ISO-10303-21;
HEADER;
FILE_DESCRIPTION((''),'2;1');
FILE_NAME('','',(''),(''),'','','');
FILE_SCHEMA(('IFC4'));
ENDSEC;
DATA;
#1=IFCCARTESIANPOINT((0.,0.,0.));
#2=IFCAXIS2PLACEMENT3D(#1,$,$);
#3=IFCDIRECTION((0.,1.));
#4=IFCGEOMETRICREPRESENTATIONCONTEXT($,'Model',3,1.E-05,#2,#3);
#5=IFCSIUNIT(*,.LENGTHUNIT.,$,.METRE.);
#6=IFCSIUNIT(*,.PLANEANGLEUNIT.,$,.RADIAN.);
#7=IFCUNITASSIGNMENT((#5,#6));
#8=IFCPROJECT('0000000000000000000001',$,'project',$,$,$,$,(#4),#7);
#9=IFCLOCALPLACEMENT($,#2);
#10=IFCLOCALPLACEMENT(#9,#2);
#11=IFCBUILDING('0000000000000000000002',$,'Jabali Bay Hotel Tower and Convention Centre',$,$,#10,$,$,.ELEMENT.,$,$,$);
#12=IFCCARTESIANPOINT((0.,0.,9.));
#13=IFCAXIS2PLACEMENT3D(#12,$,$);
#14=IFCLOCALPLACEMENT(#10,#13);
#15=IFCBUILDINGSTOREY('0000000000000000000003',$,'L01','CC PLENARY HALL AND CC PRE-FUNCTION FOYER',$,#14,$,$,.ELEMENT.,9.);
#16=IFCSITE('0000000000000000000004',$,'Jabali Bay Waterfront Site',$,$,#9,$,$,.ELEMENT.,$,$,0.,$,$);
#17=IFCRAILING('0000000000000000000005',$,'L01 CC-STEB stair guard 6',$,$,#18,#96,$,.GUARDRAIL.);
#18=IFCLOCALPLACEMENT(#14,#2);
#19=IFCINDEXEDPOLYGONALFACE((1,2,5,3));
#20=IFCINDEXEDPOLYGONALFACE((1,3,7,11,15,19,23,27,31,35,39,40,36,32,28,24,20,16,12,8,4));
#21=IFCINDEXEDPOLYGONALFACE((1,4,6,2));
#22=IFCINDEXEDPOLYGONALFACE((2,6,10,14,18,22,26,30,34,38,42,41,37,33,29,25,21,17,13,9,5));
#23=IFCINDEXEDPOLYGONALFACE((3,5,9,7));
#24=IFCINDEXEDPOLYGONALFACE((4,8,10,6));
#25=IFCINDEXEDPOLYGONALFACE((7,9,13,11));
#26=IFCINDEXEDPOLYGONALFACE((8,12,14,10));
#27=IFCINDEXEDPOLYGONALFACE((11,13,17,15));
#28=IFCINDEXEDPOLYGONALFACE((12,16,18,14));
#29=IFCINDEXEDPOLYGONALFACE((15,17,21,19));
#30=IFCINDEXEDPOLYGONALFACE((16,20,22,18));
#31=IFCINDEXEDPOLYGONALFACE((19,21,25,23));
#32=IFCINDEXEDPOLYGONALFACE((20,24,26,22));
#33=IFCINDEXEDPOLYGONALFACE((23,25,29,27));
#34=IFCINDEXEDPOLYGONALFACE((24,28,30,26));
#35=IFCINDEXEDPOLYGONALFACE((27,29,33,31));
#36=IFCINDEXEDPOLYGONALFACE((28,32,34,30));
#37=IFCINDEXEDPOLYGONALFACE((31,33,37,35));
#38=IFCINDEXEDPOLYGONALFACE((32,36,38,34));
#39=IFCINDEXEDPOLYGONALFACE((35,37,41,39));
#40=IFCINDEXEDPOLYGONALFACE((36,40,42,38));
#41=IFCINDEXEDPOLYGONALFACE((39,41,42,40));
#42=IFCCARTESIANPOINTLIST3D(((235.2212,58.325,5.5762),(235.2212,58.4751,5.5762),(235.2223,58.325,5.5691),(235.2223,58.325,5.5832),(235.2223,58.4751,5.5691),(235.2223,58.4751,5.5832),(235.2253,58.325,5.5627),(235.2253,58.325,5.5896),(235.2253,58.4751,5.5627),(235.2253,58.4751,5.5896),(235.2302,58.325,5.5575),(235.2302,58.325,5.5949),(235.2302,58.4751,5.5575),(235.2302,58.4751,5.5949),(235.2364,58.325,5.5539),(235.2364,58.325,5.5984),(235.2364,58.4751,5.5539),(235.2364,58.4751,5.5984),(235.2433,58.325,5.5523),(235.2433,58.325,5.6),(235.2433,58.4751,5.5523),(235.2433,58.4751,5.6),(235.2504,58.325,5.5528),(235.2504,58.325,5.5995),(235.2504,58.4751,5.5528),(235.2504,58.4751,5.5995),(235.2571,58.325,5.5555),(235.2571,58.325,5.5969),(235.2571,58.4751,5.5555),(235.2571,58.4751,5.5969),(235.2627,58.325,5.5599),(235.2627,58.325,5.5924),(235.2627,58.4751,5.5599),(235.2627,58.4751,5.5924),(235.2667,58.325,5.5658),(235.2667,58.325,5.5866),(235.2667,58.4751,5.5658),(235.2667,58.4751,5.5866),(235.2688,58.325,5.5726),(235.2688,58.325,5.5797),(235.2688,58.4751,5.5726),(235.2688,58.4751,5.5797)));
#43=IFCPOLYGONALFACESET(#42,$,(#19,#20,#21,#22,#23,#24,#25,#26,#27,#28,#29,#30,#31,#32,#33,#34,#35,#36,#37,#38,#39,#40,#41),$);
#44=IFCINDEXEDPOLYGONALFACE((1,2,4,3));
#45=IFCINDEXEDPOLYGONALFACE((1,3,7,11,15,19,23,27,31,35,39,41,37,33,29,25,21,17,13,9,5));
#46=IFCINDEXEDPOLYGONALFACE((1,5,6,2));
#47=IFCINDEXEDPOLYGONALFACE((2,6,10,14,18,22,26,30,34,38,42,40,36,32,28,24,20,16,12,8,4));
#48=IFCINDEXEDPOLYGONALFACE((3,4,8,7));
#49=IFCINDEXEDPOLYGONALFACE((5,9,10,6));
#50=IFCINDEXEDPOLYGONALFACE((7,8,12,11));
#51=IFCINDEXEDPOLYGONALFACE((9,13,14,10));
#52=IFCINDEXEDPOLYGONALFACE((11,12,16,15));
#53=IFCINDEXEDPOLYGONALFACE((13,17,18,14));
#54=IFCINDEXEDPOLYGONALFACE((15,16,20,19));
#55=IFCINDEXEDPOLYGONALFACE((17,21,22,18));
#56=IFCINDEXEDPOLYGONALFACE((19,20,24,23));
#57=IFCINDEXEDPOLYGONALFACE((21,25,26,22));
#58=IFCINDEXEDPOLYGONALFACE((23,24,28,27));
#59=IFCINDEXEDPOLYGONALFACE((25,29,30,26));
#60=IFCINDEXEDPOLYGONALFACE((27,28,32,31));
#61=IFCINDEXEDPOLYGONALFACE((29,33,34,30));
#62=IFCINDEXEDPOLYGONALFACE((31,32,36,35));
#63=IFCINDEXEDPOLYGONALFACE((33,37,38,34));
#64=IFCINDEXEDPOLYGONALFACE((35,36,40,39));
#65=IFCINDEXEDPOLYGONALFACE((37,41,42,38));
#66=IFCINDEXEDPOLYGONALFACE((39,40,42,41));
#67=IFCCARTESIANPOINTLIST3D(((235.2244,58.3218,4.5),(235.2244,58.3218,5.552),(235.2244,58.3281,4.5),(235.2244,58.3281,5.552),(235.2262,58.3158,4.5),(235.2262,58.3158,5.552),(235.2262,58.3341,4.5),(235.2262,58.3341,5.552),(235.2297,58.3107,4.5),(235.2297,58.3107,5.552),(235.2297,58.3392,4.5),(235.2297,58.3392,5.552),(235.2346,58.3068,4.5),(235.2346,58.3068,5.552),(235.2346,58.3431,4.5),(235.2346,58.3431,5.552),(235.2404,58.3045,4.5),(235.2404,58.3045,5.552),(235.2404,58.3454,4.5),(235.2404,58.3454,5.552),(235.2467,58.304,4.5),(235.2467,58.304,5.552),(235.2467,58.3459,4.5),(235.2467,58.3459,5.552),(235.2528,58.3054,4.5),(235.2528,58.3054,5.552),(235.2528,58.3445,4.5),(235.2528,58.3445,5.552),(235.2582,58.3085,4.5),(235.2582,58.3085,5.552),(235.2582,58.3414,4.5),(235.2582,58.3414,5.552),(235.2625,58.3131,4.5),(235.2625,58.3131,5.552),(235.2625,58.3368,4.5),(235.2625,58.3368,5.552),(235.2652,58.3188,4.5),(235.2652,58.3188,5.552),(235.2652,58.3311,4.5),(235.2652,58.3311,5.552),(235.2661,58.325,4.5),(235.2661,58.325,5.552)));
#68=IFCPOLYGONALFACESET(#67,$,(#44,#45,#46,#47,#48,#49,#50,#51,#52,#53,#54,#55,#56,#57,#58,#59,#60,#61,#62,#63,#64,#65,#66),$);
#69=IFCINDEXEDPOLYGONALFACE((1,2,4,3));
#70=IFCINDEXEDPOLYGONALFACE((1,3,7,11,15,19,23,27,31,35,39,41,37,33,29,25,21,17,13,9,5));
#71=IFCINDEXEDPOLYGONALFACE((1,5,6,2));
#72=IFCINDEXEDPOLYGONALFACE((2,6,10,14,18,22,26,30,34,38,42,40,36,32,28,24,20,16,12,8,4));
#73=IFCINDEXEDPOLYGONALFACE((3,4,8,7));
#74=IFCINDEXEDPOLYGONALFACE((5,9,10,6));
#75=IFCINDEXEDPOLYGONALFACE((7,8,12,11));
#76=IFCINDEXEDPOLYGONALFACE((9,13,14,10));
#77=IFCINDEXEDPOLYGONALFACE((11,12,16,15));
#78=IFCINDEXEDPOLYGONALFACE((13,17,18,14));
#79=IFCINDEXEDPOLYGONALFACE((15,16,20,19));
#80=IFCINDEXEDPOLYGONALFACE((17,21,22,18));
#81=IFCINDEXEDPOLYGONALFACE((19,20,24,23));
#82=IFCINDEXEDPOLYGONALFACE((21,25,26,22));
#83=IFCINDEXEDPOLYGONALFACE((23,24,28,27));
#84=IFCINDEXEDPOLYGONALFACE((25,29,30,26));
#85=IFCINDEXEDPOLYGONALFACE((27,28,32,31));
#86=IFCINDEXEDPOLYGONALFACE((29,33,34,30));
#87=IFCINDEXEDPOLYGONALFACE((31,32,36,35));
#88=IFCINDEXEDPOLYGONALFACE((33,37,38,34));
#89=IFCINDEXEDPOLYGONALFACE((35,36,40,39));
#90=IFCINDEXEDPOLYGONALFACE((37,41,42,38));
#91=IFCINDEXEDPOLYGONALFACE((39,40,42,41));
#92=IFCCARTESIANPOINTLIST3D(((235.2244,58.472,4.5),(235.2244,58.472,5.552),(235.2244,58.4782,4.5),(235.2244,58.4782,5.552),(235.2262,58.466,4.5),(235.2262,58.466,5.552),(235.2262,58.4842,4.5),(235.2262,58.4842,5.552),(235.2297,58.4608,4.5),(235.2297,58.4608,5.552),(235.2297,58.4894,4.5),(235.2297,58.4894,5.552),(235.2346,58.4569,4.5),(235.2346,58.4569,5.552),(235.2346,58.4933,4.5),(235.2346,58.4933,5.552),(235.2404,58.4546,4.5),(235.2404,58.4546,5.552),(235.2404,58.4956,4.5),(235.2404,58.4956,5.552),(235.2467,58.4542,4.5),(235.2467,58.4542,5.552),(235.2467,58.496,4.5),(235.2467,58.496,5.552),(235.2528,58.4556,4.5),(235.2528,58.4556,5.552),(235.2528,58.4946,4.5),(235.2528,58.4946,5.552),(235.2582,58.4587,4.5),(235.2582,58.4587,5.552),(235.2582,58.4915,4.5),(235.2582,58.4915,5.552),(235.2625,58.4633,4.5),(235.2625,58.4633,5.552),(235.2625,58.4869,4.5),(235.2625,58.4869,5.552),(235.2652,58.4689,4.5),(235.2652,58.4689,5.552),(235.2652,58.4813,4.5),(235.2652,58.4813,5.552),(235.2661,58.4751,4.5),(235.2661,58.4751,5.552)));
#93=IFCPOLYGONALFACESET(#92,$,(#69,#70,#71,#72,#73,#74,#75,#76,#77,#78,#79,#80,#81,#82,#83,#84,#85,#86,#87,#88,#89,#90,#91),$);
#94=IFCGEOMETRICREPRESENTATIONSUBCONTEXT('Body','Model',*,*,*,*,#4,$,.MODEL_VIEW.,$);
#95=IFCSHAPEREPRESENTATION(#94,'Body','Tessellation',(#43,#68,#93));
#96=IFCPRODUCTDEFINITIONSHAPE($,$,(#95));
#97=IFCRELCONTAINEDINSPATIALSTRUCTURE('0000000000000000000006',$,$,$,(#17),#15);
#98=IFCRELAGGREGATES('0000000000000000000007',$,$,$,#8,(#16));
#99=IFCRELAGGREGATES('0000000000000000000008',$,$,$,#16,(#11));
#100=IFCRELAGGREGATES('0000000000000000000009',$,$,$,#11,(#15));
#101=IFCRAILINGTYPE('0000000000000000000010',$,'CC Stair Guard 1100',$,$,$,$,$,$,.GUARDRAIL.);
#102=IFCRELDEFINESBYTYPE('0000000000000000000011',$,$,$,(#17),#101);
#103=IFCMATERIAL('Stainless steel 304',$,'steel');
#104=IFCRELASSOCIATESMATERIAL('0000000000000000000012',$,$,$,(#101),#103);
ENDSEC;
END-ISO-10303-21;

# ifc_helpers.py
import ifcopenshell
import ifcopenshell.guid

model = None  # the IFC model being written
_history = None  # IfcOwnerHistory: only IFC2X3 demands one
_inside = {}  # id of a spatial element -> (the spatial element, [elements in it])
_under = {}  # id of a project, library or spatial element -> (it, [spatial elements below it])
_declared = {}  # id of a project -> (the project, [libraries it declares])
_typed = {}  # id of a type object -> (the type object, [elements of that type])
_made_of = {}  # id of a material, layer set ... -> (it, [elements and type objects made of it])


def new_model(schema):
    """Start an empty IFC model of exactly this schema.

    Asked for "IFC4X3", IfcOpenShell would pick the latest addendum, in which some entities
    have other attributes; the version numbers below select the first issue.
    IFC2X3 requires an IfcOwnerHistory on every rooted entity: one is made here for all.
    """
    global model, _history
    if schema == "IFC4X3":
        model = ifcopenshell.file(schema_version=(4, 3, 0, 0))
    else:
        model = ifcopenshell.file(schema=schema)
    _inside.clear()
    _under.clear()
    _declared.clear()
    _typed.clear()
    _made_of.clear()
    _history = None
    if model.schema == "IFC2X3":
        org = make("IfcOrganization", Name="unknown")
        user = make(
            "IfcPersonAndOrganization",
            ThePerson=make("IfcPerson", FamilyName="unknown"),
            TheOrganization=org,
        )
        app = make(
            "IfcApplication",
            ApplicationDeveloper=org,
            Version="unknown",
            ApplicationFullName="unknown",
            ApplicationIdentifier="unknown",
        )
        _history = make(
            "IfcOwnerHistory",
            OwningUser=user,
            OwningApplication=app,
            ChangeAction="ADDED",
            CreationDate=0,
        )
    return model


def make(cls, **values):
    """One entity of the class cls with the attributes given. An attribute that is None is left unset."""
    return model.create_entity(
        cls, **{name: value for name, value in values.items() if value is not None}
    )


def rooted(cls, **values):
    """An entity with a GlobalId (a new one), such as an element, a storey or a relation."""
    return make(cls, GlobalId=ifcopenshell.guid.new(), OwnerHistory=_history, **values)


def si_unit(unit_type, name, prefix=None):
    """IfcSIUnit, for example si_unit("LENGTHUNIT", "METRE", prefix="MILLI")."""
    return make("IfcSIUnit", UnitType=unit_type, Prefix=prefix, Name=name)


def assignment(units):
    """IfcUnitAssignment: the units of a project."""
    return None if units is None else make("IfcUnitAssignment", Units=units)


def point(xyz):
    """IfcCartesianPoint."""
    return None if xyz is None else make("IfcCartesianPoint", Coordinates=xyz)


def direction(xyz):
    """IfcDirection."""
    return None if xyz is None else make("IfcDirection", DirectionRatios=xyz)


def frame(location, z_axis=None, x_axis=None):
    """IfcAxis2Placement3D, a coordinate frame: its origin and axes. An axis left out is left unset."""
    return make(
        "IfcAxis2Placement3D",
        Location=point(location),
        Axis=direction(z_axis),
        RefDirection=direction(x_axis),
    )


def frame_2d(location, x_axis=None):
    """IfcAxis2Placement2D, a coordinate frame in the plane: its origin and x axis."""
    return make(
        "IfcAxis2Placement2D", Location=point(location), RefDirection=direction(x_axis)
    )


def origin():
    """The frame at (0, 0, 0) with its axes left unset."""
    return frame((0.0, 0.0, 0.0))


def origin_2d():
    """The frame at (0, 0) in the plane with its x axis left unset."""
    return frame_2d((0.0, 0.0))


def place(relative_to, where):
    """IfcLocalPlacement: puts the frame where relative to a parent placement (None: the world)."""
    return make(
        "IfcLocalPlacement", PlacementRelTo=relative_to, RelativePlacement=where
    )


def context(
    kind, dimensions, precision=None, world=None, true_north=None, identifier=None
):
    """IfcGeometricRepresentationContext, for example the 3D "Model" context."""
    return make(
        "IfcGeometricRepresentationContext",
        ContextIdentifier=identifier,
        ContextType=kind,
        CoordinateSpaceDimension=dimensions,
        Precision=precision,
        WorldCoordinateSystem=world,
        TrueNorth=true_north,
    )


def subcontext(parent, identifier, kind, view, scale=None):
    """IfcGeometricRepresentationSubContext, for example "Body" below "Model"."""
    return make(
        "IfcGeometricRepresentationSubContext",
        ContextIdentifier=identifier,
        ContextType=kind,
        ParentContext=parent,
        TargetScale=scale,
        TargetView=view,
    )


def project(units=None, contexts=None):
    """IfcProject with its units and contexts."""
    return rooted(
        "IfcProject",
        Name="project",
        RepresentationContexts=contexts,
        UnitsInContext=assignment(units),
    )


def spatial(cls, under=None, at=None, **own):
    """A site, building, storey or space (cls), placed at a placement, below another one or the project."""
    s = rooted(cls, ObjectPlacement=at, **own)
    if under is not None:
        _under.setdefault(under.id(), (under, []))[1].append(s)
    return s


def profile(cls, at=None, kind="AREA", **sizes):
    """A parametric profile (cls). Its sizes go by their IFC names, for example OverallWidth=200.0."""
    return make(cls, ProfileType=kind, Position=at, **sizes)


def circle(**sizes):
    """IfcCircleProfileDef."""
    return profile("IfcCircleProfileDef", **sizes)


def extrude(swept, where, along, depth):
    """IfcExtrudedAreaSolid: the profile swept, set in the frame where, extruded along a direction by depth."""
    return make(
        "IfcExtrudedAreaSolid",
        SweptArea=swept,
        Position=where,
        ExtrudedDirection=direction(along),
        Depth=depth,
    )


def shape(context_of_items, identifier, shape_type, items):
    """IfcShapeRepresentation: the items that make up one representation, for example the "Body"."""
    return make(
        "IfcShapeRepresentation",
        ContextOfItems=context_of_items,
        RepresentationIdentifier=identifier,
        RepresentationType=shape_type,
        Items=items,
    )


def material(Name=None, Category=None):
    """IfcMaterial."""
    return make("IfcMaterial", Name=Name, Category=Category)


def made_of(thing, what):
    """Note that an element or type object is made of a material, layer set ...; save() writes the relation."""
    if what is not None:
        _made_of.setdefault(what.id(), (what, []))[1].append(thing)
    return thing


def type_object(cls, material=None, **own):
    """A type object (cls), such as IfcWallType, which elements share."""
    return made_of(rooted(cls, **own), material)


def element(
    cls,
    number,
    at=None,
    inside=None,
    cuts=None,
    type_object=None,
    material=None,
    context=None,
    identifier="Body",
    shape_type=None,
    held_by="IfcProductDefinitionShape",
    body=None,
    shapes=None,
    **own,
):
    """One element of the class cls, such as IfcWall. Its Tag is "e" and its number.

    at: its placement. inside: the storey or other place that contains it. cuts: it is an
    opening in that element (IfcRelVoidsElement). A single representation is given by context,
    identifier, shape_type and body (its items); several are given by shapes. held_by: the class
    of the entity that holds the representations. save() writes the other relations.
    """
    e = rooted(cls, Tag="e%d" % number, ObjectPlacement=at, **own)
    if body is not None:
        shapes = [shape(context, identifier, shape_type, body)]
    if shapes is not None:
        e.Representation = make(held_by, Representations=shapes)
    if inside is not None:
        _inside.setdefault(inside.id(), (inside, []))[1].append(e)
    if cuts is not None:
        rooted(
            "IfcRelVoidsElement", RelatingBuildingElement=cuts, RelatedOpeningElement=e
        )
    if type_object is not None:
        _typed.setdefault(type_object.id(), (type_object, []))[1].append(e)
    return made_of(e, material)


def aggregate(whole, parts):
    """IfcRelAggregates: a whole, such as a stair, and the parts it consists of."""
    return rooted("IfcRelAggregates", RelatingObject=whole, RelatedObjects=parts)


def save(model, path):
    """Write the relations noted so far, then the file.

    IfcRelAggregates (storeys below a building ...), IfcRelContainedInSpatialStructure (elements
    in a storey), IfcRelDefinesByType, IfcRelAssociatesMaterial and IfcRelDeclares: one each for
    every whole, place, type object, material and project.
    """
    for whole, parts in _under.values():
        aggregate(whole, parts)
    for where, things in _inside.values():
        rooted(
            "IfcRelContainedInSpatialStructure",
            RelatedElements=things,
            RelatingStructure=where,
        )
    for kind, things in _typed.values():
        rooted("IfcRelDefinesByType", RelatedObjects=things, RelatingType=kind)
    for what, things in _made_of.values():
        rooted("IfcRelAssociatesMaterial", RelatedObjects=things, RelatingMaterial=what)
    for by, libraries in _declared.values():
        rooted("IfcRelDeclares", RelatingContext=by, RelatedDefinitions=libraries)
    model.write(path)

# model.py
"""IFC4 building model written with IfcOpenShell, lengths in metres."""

from ifc_helpers import new_model, si_unit, direction, frame, origin, origin_2d, place, context, subcontext, project, spatial, circle, extrude, material, type_object, element, save


model = new_model("IFC4")

# Units and contexts
model_context = context("Model", 3, precision=1e-05, world=origin(), true_north=direction((0.0, 1.0)))
body_context = subcontext(model_context, "Body", "Model", "MODEL_VIEW")
ifc_project = project(units=[si_unit("LENGTHUNIT", "METRE"), si_unit("PLANEANGLEUNIT", "RADIAN")], contexts=[model_context])

# Site, building, storey
site_placement = place(None, origin())
site = spatial("IfcSite", under=ifc_project, at=site_placement, Name="Jabali Bay Waterfront Site", CompositionType="ELEMENT", RefElevation=0.0)
building_placement = place(site_placement, origin())
building = spatial("IfcBuilding", under=site, at=building_placement, Name="Jabali Bay Hotel Tower and Convention Centre", CompositionType="ELEMENT")
storey_placement = place(building_placement, frame((0.0, 0.0, 9.0)))
storey = spatial("IfcBuildingStorey", under=building, at=storey_placement, Name="L01", Description="CC PLENARY HALL AND CC PRE-FUNCTION FOYER", CompositionType="ELEMENT", Elevation=9.0)

# Railing
ifc_material_1 = material(Name="Stainless steel 304", Category="steel")
railing_type_1 = type_object("IfcRailingType", Name="CC Stair Guard 1100", PredefinedType="GUARDRAIL", material=ifc_material_1)
railing_1_placement = place(storey_placement, frame((235.2451, 58.325, 4.5)))
element("IfcRailing", 1, at=railing_1_placement, inside=storey, type_object=railing_type_1, Name="L01 CC-STEB stair guard 6", PredefinedType="GUARDRAIL", context=body_context, shape_type="SweptSolid", body=[
    extrude(circle(Radius=0.0239, at=origin_2d()), frame((0.0, 0.0, 1.0762), z_axis=(0.0, 1.0, 0.0), x_axis=(-1.0, 0.0, 0.0)), (0.0, 0.0, 1.0), 0.1501),
    extrude(circle(Radius=0.021, at=origin_2d()), origin(), (0.0, 0.0, 1.0), 1.052),
    extrude(circle(Radius=0.021, at=origin_2d()), frame((0.0, 0.1501, 0.0)), (0.0, 0.0, 1.0), 1.052),
])

save(model, "model.ifc")
